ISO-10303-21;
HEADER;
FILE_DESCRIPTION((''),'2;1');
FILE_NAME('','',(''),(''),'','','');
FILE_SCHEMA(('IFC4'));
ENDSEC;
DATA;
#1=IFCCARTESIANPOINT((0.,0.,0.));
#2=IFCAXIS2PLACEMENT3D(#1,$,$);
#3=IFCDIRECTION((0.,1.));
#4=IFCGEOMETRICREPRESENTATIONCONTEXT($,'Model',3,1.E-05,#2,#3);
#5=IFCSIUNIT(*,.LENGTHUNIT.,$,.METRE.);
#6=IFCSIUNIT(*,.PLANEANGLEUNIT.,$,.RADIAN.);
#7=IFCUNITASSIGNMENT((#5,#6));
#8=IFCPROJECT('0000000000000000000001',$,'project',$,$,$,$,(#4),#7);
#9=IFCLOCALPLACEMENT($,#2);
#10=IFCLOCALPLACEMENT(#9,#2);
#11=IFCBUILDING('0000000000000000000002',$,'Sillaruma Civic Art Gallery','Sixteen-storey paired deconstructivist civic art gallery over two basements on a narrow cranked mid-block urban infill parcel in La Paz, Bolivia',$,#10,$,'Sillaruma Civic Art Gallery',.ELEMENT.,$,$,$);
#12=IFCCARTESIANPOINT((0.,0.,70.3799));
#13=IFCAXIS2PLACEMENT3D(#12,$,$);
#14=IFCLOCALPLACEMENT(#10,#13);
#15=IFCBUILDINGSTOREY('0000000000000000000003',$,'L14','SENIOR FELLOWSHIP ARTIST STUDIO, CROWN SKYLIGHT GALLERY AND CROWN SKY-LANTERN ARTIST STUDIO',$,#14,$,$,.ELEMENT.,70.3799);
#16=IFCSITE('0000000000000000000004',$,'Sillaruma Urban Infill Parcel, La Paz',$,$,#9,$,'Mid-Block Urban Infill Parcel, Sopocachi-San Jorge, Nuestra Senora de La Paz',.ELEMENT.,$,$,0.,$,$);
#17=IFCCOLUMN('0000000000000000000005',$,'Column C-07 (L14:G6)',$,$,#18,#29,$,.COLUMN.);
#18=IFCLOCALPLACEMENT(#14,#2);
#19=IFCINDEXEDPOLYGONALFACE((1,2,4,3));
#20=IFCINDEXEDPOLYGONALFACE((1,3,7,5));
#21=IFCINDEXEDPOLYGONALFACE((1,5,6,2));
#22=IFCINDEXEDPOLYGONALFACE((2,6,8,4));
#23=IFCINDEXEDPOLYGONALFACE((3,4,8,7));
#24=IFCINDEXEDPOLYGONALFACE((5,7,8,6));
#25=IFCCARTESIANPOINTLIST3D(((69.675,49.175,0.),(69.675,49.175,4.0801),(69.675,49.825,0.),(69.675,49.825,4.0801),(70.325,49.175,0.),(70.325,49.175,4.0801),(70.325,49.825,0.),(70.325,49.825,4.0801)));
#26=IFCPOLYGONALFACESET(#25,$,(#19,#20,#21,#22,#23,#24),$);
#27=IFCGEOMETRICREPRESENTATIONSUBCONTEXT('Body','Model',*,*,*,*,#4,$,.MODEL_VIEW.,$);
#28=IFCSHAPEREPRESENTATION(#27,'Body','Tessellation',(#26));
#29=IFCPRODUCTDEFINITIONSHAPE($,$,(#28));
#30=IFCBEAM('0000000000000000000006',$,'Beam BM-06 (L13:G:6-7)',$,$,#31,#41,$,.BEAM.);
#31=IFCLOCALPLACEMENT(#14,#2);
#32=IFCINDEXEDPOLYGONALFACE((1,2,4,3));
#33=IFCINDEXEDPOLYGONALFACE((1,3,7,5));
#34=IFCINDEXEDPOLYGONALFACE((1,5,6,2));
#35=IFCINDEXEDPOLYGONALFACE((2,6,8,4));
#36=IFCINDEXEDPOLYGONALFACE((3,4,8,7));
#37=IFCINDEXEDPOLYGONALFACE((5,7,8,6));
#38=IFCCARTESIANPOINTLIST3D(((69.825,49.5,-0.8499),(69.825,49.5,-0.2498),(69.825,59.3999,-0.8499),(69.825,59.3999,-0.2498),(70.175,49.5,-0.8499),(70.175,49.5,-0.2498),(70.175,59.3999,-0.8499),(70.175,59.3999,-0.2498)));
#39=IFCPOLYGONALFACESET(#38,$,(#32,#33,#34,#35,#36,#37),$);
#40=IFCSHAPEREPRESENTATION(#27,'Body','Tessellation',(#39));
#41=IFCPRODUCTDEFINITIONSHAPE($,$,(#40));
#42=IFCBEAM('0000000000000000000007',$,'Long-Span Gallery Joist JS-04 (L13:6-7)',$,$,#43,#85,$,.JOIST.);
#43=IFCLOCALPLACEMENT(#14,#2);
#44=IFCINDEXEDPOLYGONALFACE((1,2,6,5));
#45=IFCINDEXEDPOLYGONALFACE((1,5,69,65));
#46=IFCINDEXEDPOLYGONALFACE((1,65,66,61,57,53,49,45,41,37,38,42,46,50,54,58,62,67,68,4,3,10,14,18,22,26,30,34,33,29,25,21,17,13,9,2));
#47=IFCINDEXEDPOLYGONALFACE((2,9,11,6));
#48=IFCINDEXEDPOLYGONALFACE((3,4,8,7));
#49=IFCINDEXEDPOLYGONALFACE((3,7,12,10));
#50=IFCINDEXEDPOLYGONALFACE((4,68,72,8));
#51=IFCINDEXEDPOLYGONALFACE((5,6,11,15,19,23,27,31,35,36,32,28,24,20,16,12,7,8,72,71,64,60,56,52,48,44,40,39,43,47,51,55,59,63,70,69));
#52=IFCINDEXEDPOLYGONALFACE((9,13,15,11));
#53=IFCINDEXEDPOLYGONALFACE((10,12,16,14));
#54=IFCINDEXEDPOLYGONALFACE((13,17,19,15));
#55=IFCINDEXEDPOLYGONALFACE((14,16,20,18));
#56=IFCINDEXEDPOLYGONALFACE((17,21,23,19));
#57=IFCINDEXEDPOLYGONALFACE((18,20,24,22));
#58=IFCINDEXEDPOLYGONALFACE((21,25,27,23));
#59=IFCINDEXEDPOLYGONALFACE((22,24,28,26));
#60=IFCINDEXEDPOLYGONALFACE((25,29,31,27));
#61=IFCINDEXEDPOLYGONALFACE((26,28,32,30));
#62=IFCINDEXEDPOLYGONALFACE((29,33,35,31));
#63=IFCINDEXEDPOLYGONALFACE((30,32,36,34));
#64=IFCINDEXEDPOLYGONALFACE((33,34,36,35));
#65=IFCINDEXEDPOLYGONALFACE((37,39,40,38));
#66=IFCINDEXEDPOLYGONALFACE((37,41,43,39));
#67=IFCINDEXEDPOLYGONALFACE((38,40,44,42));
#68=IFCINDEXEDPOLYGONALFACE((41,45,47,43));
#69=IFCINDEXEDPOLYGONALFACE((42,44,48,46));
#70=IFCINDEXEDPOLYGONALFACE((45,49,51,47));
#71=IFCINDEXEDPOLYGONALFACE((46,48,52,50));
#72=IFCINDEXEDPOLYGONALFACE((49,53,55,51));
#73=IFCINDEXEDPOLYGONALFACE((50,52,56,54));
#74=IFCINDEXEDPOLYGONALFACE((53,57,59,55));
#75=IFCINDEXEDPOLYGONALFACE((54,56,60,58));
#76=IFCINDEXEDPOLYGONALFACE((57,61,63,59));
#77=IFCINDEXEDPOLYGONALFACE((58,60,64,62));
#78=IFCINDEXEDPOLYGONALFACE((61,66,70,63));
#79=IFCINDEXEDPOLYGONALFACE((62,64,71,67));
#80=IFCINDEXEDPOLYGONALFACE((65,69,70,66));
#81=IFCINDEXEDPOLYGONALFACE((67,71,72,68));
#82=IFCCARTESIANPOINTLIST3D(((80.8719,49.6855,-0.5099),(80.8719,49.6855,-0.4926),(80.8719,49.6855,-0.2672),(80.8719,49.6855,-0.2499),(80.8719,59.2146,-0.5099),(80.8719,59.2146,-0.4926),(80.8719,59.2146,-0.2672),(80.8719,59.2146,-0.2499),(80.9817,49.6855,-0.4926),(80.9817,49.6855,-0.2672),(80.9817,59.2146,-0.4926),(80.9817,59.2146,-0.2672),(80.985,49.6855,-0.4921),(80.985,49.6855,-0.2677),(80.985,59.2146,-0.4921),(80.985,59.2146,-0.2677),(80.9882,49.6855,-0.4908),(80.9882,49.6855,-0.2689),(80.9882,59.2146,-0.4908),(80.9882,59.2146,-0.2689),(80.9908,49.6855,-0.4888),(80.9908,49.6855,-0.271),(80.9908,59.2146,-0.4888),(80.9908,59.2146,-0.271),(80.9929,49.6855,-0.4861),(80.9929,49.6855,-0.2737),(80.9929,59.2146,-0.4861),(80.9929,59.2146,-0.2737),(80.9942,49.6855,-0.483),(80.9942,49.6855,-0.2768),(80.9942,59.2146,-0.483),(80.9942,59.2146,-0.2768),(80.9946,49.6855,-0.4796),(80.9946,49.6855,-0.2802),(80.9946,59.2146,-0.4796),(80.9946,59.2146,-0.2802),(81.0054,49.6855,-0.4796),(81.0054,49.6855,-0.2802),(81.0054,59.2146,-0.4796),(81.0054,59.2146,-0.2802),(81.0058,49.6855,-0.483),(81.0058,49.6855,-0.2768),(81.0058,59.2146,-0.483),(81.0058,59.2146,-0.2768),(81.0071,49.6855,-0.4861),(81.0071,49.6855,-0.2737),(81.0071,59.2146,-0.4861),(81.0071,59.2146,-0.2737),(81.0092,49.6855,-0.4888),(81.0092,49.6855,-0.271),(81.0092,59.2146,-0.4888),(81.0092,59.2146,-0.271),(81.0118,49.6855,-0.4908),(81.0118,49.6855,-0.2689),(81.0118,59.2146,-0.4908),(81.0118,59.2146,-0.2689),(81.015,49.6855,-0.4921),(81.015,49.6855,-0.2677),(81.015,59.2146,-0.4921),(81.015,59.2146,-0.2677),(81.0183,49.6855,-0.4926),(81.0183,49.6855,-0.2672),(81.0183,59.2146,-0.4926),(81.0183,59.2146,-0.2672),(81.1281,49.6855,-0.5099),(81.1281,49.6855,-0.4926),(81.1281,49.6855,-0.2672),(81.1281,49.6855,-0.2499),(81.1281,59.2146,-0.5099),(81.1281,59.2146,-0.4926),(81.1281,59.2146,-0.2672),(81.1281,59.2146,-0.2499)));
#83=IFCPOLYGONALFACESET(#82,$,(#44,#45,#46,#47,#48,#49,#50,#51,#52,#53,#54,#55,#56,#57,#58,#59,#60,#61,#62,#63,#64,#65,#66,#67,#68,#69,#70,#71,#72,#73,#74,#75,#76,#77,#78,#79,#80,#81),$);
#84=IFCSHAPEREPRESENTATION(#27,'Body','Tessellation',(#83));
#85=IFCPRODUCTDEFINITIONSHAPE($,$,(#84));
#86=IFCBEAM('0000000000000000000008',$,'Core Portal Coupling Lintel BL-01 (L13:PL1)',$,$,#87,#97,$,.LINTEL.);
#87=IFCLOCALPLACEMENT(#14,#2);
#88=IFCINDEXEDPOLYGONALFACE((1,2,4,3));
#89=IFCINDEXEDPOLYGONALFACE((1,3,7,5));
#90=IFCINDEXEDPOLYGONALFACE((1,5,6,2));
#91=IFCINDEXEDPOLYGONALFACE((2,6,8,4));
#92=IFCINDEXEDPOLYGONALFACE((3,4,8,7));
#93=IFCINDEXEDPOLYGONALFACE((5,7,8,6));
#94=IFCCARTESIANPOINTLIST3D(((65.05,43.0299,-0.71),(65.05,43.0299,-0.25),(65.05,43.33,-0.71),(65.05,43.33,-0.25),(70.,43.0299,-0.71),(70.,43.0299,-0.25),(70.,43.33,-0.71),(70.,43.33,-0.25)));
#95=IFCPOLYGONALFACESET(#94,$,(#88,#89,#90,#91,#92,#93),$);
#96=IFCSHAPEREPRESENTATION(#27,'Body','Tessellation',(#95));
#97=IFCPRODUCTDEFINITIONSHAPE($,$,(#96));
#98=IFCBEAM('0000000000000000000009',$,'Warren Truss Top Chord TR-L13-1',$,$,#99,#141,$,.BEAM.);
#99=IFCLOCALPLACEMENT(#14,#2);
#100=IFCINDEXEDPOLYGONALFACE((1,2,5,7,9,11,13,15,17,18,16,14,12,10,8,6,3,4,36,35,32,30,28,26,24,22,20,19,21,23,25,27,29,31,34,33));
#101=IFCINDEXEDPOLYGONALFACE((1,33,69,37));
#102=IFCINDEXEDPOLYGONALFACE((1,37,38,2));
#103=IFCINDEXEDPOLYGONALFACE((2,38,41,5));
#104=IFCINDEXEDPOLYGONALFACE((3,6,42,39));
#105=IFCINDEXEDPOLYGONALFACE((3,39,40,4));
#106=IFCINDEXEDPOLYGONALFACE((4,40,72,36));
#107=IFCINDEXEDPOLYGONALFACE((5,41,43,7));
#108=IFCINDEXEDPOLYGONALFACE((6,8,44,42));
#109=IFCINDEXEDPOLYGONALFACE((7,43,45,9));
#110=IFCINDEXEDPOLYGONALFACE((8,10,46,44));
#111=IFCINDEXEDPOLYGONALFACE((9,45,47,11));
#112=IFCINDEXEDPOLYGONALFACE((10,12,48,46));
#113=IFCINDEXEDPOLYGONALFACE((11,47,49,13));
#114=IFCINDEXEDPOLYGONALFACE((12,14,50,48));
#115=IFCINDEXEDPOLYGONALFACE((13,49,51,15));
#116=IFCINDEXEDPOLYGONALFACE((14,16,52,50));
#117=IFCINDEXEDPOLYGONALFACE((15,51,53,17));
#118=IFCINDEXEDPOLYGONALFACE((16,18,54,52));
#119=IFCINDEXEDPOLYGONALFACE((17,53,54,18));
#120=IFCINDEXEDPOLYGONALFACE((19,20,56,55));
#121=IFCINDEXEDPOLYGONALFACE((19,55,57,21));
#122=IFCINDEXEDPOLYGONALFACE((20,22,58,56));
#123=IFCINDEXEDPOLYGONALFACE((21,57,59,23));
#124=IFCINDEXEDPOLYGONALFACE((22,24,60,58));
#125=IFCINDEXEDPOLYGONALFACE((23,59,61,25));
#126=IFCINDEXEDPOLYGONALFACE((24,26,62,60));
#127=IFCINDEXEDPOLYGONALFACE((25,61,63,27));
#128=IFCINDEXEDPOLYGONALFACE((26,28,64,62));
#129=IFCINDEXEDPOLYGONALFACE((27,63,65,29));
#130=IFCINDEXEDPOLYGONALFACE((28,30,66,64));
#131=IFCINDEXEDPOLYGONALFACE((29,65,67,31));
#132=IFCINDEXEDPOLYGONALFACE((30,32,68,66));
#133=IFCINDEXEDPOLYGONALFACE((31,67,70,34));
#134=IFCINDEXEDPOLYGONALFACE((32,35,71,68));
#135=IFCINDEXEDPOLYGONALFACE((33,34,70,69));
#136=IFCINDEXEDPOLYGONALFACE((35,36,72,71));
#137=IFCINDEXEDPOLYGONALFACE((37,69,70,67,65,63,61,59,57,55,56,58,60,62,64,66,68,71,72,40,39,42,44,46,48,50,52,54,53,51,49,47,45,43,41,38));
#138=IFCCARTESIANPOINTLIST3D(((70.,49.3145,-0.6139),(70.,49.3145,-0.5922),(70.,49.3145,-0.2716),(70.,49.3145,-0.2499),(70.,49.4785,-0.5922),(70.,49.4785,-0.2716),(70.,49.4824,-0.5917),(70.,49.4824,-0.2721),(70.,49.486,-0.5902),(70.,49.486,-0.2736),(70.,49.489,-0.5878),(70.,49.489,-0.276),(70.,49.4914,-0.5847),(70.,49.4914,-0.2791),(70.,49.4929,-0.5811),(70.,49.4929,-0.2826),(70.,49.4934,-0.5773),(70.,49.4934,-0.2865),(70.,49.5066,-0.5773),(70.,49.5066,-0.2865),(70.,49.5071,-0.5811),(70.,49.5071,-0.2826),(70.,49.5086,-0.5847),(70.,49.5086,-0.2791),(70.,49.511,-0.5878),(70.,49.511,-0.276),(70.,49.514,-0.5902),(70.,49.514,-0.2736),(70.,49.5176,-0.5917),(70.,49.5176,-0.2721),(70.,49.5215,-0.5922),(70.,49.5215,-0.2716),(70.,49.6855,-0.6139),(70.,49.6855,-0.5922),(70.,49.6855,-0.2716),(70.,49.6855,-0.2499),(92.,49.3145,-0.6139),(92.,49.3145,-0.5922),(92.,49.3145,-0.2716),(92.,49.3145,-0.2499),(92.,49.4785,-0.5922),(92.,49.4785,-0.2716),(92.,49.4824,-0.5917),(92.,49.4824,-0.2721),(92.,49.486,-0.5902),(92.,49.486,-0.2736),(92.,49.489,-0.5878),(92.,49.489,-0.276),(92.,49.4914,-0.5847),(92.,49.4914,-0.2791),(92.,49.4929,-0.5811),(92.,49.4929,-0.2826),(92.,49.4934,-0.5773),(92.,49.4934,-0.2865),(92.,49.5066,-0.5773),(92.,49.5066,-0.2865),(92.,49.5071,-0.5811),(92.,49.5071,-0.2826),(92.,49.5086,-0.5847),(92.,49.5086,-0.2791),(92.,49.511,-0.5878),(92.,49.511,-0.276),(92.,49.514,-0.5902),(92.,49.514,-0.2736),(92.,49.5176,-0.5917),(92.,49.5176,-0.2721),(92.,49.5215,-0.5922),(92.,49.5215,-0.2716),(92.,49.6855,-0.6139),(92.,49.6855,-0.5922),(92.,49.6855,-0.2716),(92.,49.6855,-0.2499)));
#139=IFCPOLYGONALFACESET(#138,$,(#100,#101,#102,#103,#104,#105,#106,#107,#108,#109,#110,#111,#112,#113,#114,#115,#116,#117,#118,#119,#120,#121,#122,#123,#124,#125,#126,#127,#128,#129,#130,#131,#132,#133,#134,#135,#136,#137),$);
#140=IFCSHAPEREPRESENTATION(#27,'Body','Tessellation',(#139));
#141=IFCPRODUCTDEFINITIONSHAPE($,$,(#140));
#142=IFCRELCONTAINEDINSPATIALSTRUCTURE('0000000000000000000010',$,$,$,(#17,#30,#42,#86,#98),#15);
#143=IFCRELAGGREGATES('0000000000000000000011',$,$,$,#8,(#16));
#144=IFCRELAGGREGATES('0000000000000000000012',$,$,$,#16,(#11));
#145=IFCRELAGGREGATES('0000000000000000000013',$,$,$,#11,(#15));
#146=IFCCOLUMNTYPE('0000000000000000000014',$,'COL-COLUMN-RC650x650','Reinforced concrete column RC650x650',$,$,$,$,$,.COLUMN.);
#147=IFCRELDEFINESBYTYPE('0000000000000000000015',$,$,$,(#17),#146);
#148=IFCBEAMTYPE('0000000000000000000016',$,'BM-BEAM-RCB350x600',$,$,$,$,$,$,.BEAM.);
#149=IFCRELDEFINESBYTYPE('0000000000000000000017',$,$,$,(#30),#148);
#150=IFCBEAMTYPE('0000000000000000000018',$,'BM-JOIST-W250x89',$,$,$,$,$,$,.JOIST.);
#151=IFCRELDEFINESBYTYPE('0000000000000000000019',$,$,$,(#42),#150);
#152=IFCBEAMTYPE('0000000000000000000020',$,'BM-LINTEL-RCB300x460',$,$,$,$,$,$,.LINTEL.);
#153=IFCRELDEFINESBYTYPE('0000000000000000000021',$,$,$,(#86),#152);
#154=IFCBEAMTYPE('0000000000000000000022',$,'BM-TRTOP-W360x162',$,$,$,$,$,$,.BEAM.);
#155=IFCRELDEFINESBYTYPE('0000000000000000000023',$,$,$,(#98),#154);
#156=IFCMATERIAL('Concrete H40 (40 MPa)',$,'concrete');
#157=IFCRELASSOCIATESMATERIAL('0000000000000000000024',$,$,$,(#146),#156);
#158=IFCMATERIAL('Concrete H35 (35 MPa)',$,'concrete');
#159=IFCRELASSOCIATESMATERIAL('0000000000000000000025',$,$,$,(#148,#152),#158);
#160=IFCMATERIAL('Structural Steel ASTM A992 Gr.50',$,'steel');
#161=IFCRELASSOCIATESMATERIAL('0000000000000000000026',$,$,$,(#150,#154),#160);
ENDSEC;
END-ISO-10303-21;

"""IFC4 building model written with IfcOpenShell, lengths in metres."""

from ifc_helpers import new_model, si_unit, direction, frame, origin, origin_2d, place, context, subcontext, project, spatial, rectangle, i_section, extrude, material, material_profile, profile_set, type_object, element, save


model = new_model("IFC4")

# Units and contexts
model_context = context("Model", 3, precision=1e-05, world=origin(), true_north=direction((0.0, 1.0)))
body_context = subcontext(model_context, "Body", "Model", "MODEL_VIEW")
ifc_project = project(units=[si_unit("LENGTHUNIT", "METRE"), si_unit("PLANEANGLEUNIT", "RADIAN")], contexts=[model_context])

# Site, building, storey
site_placement = place(None, origin())
site = spatial("IfcSite", under=ifc_project, at=site_placement, Name="Sillaruma Urban Infill Parcel, La Paz", LongName="Mid-Block Urban Infill Parcel, Sopocachi-San Jorge, Nuestra Senora de La Paz", CompositionType="ELEMENT", RefElevation=0.0)
building_placement = place(site_placement, origin())
building = spatial("IfcBuilding", under=site, at=building_placement, Name="Sillaruma Civic Art Gallery", Description="Sixteen-storey paired deconstructivist civic art gallery over two basements on a narrow cranked mid-block urban infill parcel in La Paz, Bolivia", LongName="Sillaruma Civic Art Gallery", CompositionType="ELEMENT")
storey_placement = place(building_placement, frame((0.0, 0.0, 70.3799)))
storey = spatial("IfcBuildingStorey", under=building, at=storey_placement, Name="L14", Description="SENIOR FELLOWSHIP ARTIST STUDIO, CROWN SKYLIGHT GALLERY AND CROWN SKY-LANTERN ARTIST STUDIO", CompositionType="ELEMENT", Elevation=70.3799)

# Column
ifc_material_1 = material(Name="Concrete H40 (40 MPa)", Category="concrete")
ifc_material_profile_1 = material_profile(ifc_material_1, rectangle(XDim=0.6499, YDim=0.6499, at=origin_2d()), Name="RC650x650")
ifc_profile_set_1 = profile_set([ifc_material_profile_1], Name="Concrete H40 (40 MPa)")
column_type = type_object("IfcColumnType", Name="COL-COLUMN-RC650x650", Description="Reinforced concrete column RC650x650", PredefinedType="COLUMN", material=ifc_profile_set_1)
column_placement = place(storey_placement, frame((70.0, 49.5, 0.0), z_axis=(0.0, 0.0, 1.0), x_axis=(1.0, 0.0, 0.0)))
element("IfcColumn", 1, at=column_placement, inside=storey, type_object=column_type, Name="Column C-07 (L14:G6)", PredefinedType="COLUMN", context=body_context, shape_type="SweptSolid", body=[
    extrude(rectangle(XDim=0.6499, YDim=0.6499, at=origin_2d()), origin(), (0.0, 0.0, 1.0), 4.0801),
])

# Beams
ifc_material_2 = material(Name="Concrete H35 (35 MPa)", Category="concrete")
ifc_material_profile_2 = material_profile(ifc_material_2, rectangle(XDim=0.3501, YDim=0.6001, at=origin_2d()), Name="RCB350x600")
ifc_profile_set_2 = profile_set([ifc_material_profile_2], Name="Concrete H35 (35 MPa)")
beam_type_1 = type_object("IfcBeamType", Name="BM-BEAM-RCB350x600", PredefinedType="BEAM", material=ifc_profile_set_2)
beam_1_placement = place(storey_placement, frame((70.0, 49.5, -0.5498), z_axis=(0.0, 1.0, 0.0), x_axis=(-1.0, 0.0, 0.0)))
element("IfcBeam", 2, at=beam_1_placement, inside=storey, type_object=beam_type_1, Name="Beam BM-06 (L13:G:6-7)", PredefinedType="BEAM", context=body_context, shape_type="SweptSolid", body=[
    extrude(rectangle(XDim=0.3501, YDim=0.6001, at=origin_2d()), origin(), (0.0, 0.0, 1.0), 9.8999),
])
ifc_material_3 = material(Name="Structural Steel ASTM A992 Gr.50", Category="steel")
ifc_material_profile_3 = material_profile(ifc_material_3, i_section(OverallWidth=0.2561, OverallDepth=0.26, WebThickness=0.0107, FlangeThickness=0.0173, FilletRadius=0.0129, at=origin_2d()), Name="W250x89")
ifc_profile_set_3 = profile_set([ifc_material_profile_3], Name="Structural Steel ASTM A992 Gr.50")
beam_type_2 = type_object("IfcBeamType", Name="BM-JOIST-W250x89", PredefinedType="JOIST", material=ifc_profile_set_3)
beam_2_placement = place(storey_placement, frame((81.0, 49.6855, -0.3799), z_axis=(0.0, 1.0, 0.0), x_axis=(-1.0, 0.0, 0.0)))
element("IfcBeam", 3, at=beam_2_placement, inside=storey, type_object=beam_type_2, Name="Long-Span Gallery Joist JS-04 (L13:6-7)", PredefinedType="JOIST", context=body_context, shape_type="SweptSolid", body=[
    extrude(i_section(OverallWidth=0.2561, OverallDepth=0.26, WebThickness=0.0107, FlangeThickness=0.0173, FilletRadius=0.0129, at=origin_2d()), origin(), (0.0, 0.0, 1.0), 9.5291),
])
ifc_material_profile_4 = material_profile(ifc_material_2, rectangle(XDim=0.3, YDim=0.46, at=origin_2d()), Name="RCB300x460")
ifc_profile_set_4 = profile_set([ifc_material_profile_4], Name="Concrete H35 (35 MPa)")
beam_type_3 = type_object("IfcBeamType", Name="BM-LINTEL-RCB300x460", PredefinedType="LINTEL", material=ifc_profile_set_4)
beam_3_placement = place(storey_placement, frame((65.05, 43.1799, -0.48), z_axis=(1.0, 0.0, 0.0), x_axis=(0.0, 1.0, 0.0)))
element("IfcBeam", 4, at=beam_3_placement, inside=storey, type_object=beam_type_3, Name="Core Portal Coupling Lintel BL-01 (L13:PL1)", PredefinedType="LINTEL", context=body_context, shape_type="SweptSolid", body=[
    extrude(rectangle(XDim=0.3, YDim=0.46, at=origin_2d()), origin(), (0.0, 0.0, 1.0), 4.95),
])
ifc_material_profile_5 = material_profile(ifc_material_3, i_section(OverallWidth=0.3711, OverallDepth=0.364, WebThickness=0.0132, FlangeThickness=0.0217, FilletRadius=0.0149, at=origin_2d()), Name="W360x162")
ifc_profile_set_5 = profile_set([ifc_material_profile_5], Name="Structural Steel ASTM A992 Gr.50")
beam_type_4 = type_object("IfcBeamType", Name="BM-TRTOP-W360x162", PredefinedType="BEAM", material=ifc_profile_set_5)
beam_4_placement = place(storey_placement, frame((70.0, 49.5, -0.4319), z_axis=(1.0, 0.0, 0.0), x_axis=(0.0, 1.0, 0.0)))
element("IfcBeam", 5, at=beam_4_placement, inside=storey, type_object=beam_type_4, Name="Warren Truss Top Chord TR-L13-1", PredefinedType="BEAM", context=body_context, shape_type="SweptSolid", body=[
    extrude(i_section(OverallWidth=0.3711, OverallDepth=0.364, WebThickness=0.0132, FlangeThickness=0.0217, FilletRadius=0.0149, at=origin_2d()), origin(), (0.0, 0.0, 1.0), 22.0),
])

save(model, "model.ifc")
